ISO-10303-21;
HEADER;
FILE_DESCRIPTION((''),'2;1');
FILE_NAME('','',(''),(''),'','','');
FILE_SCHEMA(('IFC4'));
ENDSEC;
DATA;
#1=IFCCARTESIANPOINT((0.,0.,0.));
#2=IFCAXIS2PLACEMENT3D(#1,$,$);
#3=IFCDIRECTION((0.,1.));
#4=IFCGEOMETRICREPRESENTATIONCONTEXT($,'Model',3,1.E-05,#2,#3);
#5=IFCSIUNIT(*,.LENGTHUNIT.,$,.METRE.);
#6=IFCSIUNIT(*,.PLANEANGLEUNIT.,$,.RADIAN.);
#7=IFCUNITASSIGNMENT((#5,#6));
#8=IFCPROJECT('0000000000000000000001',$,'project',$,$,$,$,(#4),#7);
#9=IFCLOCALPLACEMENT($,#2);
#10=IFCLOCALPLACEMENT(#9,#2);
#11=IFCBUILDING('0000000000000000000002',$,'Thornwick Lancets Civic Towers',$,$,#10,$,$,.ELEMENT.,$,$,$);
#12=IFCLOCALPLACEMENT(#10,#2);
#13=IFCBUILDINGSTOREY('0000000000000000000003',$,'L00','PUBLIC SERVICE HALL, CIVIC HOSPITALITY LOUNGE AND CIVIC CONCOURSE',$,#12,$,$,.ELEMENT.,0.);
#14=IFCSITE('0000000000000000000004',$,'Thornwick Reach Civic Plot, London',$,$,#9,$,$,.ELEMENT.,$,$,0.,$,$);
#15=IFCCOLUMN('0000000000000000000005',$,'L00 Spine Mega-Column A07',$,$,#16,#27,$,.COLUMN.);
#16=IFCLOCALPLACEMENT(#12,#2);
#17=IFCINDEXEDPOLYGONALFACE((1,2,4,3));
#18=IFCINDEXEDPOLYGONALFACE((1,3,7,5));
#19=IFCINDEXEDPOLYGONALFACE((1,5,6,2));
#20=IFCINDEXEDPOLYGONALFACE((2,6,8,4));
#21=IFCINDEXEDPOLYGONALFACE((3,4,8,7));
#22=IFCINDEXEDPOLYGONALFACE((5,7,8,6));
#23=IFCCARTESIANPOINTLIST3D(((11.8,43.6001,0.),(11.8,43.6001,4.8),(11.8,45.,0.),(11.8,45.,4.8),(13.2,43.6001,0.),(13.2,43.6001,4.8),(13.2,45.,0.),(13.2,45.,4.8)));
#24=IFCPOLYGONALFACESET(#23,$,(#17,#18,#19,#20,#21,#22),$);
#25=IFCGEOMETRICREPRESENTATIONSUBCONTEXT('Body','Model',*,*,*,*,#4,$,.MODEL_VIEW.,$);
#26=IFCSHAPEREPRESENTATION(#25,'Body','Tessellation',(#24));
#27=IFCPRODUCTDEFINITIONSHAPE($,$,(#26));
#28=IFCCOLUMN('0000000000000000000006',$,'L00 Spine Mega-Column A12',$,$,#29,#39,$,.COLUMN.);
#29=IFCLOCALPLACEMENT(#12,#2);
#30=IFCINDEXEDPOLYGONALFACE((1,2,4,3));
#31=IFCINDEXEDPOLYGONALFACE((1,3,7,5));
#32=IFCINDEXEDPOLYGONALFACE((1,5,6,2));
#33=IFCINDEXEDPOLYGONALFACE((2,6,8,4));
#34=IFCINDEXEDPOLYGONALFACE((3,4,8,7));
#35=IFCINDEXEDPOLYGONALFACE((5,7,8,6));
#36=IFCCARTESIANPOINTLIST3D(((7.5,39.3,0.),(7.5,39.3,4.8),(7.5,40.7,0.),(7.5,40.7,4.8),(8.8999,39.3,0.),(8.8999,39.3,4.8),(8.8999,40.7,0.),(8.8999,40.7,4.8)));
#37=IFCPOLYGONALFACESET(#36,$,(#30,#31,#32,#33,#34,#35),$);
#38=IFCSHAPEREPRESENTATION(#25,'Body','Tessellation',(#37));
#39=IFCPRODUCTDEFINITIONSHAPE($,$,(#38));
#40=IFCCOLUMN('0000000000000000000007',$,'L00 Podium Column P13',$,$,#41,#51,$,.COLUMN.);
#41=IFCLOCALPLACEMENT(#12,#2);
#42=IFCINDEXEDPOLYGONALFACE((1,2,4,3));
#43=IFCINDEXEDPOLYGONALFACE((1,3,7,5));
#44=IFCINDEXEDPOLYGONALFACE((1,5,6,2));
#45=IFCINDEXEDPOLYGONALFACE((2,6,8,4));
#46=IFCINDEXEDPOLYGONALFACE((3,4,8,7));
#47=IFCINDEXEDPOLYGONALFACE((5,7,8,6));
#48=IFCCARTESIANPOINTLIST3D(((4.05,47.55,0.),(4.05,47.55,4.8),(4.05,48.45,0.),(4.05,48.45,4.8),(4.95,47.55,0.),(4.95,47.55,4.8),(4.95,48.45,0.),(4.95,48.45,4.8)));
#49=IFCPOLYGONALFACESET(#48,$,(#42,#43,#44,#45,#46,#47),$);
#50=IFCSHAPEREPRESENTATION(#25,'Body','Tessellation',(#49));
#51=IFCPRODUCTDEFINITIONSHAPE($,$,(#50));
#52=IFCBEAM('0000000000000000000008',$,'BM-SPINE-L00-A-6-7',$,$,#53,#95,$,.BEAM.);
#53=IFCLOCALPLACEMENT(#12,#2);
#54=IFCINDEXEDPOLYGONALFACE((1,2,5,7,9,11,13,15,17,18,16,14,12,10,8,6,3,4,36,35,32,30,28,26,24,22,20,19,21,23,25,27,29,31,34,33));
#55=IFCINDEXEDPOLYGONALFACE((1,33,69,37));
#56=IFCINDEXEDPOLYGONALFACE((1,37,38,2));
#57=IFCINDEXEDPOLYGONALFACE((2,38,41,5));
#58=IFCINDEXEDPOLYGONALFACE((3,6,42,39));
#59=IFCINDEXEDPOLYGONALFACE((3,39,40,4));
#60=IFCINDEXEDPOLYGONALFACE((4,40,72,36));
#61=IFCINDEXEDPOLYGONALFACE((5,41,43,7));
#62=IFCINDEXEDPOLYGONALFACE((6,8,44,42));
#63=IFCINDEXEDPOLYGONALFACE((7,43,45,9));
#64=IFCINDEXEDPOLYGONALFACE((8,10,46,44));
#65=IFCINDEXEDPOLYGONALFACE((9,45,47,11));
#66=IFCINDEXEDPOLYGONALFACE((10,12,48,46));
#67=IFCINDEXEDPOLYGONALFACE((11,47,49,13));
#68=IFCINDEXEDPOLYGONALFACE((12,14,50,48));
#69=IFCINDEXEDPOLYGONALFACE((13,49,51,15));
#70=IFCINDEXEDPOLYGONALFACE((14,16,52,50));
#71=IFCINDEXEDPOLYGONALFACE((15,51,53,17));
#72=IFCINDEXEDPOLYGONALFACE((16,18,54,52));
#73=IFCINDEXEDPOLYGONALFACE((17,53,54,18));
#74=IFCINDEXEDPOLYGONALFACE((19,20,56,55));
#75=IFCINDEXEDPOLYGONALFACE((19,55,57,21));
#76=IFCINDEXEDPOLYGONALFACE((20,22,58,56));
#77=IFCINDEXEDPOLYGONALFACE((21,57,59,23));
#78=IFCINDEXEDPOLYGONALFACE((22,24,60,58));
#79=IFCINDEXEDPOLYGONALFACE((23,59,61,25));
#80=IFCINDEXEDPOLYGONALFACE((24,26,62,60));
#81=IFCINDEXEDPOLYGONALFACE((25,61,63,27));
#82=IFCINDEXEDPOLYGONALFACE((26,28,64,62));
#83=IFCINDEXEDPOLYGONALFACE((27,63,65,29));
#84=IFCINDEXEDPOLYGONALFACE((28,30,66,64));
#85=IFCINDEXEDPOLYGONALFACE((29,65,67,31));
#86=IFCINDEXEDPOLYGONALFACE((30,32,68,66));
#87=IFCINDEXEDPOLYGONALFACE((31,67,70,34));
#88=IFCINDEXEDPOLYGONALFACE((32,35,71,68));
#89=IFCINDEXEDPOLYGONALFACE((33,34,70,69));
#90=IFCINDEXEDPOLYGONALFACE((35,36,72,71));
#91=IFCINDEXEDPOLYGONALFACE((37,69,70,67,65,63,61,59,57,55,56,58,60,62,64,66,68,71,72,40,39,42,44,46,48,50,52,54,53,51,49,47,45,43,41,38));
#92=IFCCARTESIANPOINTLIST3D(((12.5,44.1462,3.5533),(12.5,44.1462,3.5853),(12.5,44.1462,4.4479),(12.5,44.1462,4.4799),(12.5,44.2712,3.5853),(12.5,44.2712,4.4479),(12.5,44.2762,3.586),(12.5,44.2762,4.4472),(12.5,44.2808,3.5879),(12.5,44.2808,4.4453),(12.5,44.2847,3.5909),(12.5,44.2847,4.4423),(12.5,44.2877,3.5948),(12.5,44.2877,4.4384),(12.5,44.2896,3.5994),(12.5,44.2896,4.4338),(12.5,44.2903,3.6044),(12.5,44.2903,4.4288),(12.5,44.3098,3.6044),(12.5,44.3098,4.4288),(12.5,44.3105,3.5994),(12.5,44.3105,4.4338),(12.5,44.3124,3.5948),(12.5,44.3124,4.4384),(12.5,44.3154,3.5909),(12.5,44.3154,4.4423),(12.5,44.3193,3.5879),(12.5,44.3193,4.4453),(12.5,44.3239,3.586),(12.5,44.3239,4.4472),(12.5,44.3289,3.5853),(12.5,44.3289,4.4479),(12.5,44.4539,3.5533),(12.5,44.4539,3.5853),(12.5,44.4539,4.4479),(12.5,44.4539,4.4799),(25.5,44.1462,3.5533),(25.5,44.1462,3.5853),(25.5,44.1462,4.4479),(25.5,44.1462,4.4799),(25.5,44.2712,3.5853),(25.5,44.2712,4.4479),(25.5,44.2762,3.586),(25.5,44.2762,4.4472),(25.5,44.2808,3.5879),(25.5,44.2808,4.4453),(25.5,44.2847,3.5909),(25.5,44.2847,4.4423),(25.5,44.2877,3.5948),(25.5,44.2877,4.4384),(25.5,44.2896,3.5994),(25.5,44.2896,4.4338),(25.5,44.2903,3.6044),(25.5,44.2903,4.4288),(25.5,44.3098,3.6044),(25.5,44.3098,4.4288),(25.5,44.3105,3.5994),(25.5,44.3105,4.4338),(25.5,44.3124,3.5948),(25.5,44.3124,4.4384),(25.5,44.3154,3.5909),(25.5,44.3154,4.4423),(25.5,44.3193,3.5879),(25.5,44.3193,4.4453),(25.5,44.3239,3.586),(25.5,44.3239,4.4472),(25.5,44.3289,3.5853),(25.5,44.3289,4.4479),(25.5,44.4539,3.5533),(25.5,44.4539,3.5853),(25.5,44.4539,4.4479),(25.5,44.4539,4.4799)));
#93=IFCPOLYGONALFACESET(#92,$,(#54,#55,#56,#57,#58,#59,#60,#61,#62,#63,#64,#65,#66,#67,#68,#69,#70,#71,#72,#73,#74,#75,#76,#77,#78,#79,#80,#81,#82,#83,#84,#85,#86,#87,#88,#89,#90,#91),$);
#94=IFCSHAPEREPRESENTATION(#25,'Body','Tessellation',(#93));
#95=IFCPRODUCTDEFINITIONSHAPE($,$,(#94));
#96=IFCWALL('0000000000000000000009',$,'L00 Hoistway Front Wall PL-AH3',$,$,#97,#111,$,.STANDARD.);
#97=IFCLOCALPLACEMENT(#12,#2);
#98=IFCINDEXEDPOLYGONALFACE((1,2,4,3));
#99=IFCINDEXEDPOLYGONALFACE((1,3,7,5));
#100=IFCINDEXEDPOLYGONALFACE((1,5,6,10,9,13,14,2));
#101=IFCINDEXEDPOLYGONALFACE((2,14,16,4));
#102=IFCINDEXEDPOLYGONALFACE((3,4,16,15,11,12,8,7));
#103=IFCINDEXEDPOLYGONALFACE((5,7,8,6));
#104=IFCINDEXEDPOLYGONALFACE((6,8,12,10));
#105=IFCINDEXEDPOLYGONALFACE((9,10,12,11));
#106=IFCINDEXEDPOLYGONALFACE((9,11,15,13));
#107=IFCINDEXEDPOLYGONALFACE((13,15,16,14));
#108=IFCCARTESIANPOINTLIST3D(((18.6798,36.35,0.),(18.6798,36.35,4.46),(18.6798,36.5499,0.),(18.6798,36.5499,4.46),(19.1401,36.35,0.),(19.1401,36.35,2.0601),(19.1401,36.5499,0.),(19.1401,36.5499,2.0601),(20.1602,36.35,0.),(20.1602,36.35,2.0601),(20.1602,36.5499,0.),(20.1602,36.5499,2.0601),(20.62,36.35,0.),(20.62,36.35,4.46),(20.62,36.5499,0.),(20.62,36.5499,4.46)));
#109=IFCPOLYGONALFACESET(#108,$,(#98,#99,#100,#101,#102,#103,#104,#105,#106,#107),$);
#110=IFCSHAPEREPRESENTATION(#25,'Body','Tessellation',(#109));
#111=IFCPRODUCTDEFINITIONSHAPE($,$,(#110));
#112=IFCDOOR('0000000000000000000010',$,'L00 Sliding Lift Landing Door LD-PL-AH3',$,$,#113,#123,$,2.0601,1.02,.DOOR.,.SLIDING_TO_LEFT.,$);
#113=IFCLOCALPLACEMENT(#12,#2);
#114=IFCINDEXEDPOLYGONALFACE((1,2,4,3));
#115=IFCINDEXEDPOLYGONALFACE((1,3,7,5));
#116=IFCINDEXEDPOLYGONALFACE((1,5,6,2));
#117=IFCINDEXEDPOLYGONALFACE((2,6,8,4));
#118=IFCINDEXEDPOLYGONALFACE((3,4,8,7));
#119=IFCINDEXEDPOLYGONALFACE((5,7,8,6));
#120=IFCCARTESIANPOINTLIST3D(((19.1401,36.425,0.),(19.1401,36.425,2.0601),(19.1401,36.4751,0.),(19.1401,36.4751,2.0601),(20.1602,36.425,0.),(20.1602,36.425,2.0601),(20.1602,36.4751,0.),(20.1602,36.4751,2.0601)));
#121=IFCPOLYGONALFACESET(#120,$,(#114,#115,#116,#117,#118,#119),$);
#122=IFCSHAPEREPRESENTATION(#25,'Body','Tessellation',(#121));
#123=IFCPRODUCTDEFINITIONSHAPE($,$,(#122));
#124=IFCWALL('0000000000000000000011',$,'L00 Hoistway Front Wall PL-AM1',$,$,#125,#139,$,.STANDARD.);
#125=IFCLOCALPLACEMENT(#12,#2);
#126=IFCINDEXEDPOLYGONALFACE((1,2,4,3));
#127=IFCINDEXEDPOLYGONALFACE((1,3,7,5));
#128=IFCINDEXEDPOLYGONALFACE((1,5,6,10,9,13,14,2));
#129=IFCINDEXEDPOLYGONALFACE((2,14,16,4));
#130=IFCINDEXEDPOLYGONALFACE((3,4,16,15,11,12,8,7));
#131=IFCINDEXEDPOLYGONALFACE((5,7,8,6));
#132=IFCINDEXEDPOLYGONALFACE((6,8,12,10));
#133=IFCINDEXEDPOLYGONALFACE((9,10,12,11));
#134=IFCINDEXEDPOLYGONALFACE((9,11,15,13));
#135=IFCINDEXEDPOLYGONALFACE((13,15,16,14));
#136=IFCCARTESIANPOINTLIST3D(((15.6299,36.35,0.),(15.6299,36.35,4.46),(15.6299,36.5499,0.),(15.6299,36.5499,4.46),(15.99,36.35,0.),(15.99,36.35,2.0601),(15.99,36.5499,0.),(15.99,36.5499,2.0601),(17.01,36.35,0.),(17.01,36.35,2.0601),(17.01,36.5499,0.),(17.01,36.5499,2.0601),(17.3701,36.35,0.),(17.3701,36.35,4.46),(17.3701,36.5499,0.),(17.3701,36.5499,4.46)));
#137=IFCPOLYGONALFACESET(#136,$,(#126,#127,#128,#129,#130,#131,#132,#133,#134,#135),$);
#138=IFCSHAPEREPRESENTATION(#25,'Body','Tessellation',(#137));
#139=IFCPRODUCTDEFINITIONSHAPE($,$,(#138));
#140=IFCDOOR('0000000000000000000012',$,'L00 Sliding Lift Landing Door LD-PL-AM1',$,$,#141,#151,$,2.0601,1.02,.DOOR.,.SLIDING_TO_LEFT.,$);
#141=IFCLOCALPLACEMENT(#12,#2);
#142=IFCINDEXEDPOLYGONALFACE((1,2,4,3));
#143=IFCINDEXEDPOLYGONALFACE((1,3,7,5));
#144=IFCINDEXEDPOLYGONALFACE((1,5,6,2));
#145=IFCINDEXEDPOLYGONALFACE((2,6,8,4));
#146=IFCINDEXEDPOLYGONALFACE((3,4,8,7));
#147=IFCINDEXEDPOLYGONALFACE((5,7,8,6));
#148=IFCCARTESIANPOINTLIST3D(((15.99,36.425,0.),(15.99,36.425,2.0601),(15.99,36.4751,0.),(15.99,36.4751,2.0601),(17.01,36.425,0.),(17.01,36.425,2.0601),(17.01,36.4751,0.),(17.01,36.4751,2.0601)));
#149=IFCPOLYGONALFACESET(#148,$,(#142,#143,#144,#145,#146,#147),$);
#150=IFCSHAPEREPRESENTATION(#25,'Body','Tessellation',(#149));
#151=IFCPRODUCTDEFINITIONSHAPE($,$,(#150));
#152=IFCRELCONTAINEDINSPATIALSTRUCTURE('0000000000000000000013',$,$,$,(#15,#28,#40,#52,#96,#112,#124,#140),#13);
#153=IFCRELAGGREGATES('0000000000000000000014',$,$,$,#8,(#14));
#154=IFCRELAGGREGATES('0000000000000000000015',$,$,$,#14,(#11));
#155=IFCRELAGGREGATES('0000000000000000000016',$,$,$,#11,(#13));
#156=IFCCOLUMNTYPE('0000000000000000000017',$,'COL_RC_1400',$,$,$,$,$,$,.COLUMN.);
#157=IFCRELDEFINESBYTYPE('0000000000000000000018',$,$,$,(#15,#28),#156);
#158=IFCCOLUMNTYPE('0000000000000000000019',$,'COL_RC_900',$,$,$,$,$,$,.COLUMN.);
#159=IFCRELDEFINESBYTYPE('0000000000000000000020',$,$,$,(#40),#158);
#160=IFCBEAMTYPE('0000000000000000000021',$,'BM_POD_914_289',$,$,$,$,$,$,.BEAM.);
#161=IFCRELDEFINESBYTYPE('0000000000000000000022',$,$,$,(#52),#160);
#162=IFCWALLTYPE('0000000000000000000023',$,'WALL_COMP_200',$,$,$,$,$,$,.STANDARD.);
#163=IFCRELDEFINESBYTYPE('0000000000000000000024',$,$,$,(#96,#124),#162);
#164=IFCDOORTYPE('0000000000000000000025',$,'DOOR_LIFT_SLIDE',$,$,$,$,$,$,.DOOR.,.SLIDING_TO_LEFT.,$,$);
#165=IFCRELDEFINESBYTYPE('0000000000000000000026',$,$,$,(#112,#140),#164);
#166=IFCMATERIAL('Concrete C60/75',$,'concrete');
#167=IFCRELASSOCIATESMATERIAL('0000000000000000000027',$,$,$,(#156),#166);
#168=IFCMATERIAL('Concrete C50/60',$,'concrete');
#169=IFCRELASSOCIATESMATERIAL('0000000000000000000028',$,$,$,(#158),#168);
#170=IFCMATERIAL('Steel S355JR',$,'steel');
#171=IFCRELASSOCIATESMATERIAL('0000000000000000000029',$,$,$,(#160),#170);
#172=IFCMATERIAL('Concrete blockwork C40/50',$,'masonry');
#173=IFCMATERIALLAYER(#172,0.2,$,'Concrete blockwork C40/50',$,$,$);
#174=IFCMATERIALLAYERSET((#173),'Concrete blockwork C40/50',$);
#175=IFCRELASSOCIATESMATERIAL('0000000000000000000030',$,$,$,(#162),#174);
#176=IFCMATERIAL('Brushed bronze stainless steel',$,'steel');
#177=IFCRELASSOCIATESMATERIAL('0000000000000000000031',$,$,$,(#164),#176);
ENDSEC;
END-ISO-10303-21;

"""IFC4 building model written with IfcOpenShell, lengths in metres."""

from ifc_helpers import new_model, si_unit, direction, frame, frame_2d, origin, origin_2d, place, context, subcontext, project, spatial, rectangle, i_section, extrude, material, layer, layer_set, material_profile, profile_set, type_object, element, fill, save


model = new_model("IFC4")

# Units and contexts
model_context = context("Model", 3, precision=1e-05, world=origin(), true_north=direction((0.0, 1.0)))
body_context = subcontext(model_context, "Body", "Model", "MODEL_VIEW")
ifc_project = project(units=[si_unit("LENGTHUNIT", "METRE"), si_unit("PLANEANGLEUNIT", "RADIAN")], contexts=[model_context])

# Site, building, storey
site_placement = place(None, origin())
site = spatial("IfcSite", under=ifc_project, at=site_placement, Name="Thornwick Reach Civic Plot, London", CompositionType="ELEMENT", RefElevation=0.0)
building_placement = place(site_placement, origin())
building = spatial("IfcBuilding", under=site, at=building_placement, Name="Thornwick Lancets Civic Towers", CompositionType="ELEMENT")
storey_placement = place(building_placement, origin())
storey = spatial("IfcBuildingStorey", under=building, at=storey_placement, Name="L00", Description="PUBLIC SERVICE HALL, CIVIC HOSPITALITY LOUNGE AND CIVIC CONCOURSE", CompositionType="ELEMENT", Elevation=0.0)

# Columns
ifc_material_1 = material(Name="Concrete C60/75", Category="concrete")
ifc_material_profile_1 = material_profile(ifc_material_1, rectangle(XDim=1.3999, YDim=1.3999, at=origin_2d()), Name="RC 1400x1400")
ifc_profile_set_1 = profile_set([ifc_material_profile_1], Name="Concrete C60/75")
column_type_1 = type_object("IfcColumnType", Name="COL_RC_1400", PredefinedType="COLUMN", material=ifc_profile_set_1)
for number, where, z_axis, x_axis, name in (
    (1, (12.5, 44.3, 0.0), (0.0, 0.0, 1.0), (1.0, 0.0, 0.0), "L00 Spine Mega-Column A07"),
    (2, (8.2, 40.0, 0.0), (0.0, 0.0, 1.0), (1.0, 0.0, 0.0), "L00 Spine Mega-Column A12"),
):
    element("IfcColumn", number, at=place(storey_placement, frame(where, z_axis=z_axis, x_axis=x_axis)), inside=storey, type_object=column_type_1, Name=name, PredefinedType="COLUMN", context=body_context, shape_type="SweptSolid", body=[
        extrude(rectangle(XDim=1.3999, YDim=1.3999, at=origin_2d()), origin(), (0.0, 0.0, 1.0), 4.8),
    ])
ifc_material_2 = material(Name="Concrete C50/60", Category="concrete")
ifc_material_profile_2 = material_profile(ifc_material_2, rectangle(XDim=0.8999, YDim=0.8999, at=origin_2d()), Name="RC 900x900")
ifc_profile_set_2 = profile_set([ifc_material_profile_2], Name="Concrete C50/60")
column_type_2 = type_object("IfcColumnType", Name="COL_RC_900", PredefinedType="COLUMN", material=ifc_profile_set_2)
column_placement = place(storey_placement, frame((4.5, 48.0, 0.0), z_axis=(0.0, 0.0, 1.0), x_axis=(1.0, 0.0, 0.0)))
element("IfcColumn", 3, at=column_placement, inside=storey, type_object=column_type_2, Name="L00 Podium Column P13", PredefinedType="COLUMN", context=body_context, shape_type="SweptSolid", body=[
    extrude(rectangle(XDim=0.8999, YDim=0.8999, at=origin_2d()), origin(), (0.0, 0.0, 1.0), 4.8),
])

# Beam
ifc_material_3 = material(Name="Steel S355JR", Category="steel")
ifc_material_profile_3 = material_profile(ifc_material_3, i_section(OverallWidth=0.3076, OverallDepth=0.9265, WebThickness=0.0195, FlangeThickness=0.032, FilletRadius=0.019, at=origin_2d()), Name="UKB 914x305x289")
ifc_profile_set_3 = profile_set([ifc_material_profile_3], Name="Steel S355JR")
beam_type = type_object("IfcBeamType", Name="BM_POD_914_289", PredefinedType="BEAM", material=ifc_profile_set_3)
beam_placement = place(storey_placement, frame((12.5, 44.3, 4.0166), z_axis=(1.0, 0.0, 0.0), x_axis=(0.0, 1.0, 0.0)))
element("IfcBeam", 4, at=beam_placement, inside=storey, type_object=beam_type, Name="BM-SPINE-L00-A-6-7", PredefinedType="BEAM", context=body_context, shape_type="SweptSolid", body=[
    extrude(i_section(OverallWidth=0.3076, OverallDepth=0.9265, WebThickness=0.0195, FlangeThickness=0.032, FilletRadius=0.019, at=origin_2d()), origin(), (0.0, 0.0, 1.0), 13.0),
])

# Walls, openings, doors
ifc_material_4 = material(Name="Concrete blockwork C40/50", Category="masonry")
ifc_layer_1 = layer(ifc_material_4, 0.2, Name="Concrete blockwork C40/50")
ifc_layer_set_1 = layer_set([ifc_layer_1], Name="Concrete blockwork C40/50")
wall_type_1 = type_object("IfcWallType", Name="WALL_COMP_200", PredefinedType="STANDARD", material=ifc_layer_set_1)
wall_1_placement = place(storey_placement, frame((20.6201, 36.45, 0.0), z_axis=(0.0, 0.0, 1.0), x_axis=(-1.0, 0.0, 0.0)))
wall_1 = element("IfcWall", 5, at=wall_1_placement, inside=storey, type_object=wall_type_1, Name="L00 Hoistway Front Wall PL-AH3", PredefinedType="STANDARD", context=body_context, shape_type="SweptSolid", body=[
    extrude(rectangle(XDim=1.9402, YDim=0.2, at=frame_2d((0.9702, 0.0))), origin(), (0.0, 0.0, 1.0), 4.46),
])
opening_1_placement = place(wall_1_placement, frame((0.46, 0.0, 0.0)))
opening_1 = element("IfcOpeningElement", 6, at=opening_1_placement, cuts=wall_1, PredefinedType="OPENING", context=body_context, shape_type="SweptSolid", body=[
    extrude(rectangle(XDim=1.02, YDim=2.0601, at=frame_2d((0.51, 1.03))), frame((0.0, 0.1099, 0.0), z_axis=(0.0, -1.0, 0.0), x_axis=(1.0, 0.0, 0.0)), (0.0, 0.0, 1.0), 0.22),
])
ifc_material_5 = material(Name="Brushed bronze stainless steel", Category="steel")
door_type_1 = type_object("IfcDoorType", Name="DOOR_LIFT_SLIDE", OperationType="SLIDING_TO_LEFT", PredefinedType="DOOR", material=ifc_material_5)
door_1_placement = place(opening_1_placement, origin())
door_1 = element("IfcDoor", 7, at=door_1_placement, inside=storey, type_object=door_type_1, Name="L00 Sliding Lift Landing Door LD-PL-AH3", OperationType="SLIDING_TO_LEFT", OverallHeight=2.0601, OverallWidth=1.02, PredefinedType="DOOR", context=body_context, shape_type="SweptSolid", body=[
    extrude(rectangle(XDim=1.02, YDim=2.0601, at=frame_2d((0.51, 1.03))), frame((0.0, 0.0249, 0.0), z_axis=(0.0, -1.0, 0.0), x_axis=(1.0, 0.0, 0.0)), (0.0, 0.0, 1.0), 0.05),
])
fill(opening_1, door_1)
wall_2_placement = place(storey_placement, frame((17.3701, 36.45, 0.0), z_axis=(0.0, 0.0, 1.0), x_axis=(-1.0, 0.0, 0.0)))
wall_2 = element("IfcWall", 8, at=wall_2_placement, inside=storey, type_object=wall_type_1, Name="L00 Hoistway Front Wall PL-AM1", PredefinedType="STANDARD", context=body_context, shape_type="SweptSolid", body=[
    extrude(rectangle(XDim=1.7402, YDim=0.2, at=frame_2d((0.8701, 0.0))), origin(), (0.0, 0.0, 1.0), 4.46),
])
opening_2_placement = place(wall_2_placement, frame((0.3601, 0.0, 0.0)))
opening_2 = element("IfcOpeningElement", 9, at=opening_2_placement, cuts=wall_2, PredefinedType="OPENING", context=body_context, shape_type="SweptSolid", body=[
    extrude(rectangle(XDim=1.02, YDim=2.0601, at=frame_2d((0.51, 1.03))), frame((0.0, 0.1099, 0.0), z_axis=(0.0, -1.0, 0.0), x_axis=(1.0, 0.0, 0.0)), (0.0, 0.0, 1.0), 0.22),
])
door_2_placement = place(opening_2_placement, origin())
door_2 = element("IfcDoor", 10, at=door_2_placement, inside=storey, type_object=door_type_1, Name="L00 Sliding Lift Landing Door LD-PL-AM1", OperationType="SLIDING_TO_LEFT", OverallHeight=2.0601, OverallWidth=1.02, PredefinedType="DOOR", context=body_context, shape_type="SweptSolid", body=[
    extrude(rectangle(XDim=1.02, YDim=2.0601, at=frame_2d((0.51, 1.03))), frame((0.0, 0.0249, 0.0), z_axis=(0.0, -1.0, 0.0), x_axis=(1.0, 0.0, 0.0)), (0.0, 0.0, 1.0), 0.05),
])
fill(opening_2, door_2)

save(model, "model.ifc")
